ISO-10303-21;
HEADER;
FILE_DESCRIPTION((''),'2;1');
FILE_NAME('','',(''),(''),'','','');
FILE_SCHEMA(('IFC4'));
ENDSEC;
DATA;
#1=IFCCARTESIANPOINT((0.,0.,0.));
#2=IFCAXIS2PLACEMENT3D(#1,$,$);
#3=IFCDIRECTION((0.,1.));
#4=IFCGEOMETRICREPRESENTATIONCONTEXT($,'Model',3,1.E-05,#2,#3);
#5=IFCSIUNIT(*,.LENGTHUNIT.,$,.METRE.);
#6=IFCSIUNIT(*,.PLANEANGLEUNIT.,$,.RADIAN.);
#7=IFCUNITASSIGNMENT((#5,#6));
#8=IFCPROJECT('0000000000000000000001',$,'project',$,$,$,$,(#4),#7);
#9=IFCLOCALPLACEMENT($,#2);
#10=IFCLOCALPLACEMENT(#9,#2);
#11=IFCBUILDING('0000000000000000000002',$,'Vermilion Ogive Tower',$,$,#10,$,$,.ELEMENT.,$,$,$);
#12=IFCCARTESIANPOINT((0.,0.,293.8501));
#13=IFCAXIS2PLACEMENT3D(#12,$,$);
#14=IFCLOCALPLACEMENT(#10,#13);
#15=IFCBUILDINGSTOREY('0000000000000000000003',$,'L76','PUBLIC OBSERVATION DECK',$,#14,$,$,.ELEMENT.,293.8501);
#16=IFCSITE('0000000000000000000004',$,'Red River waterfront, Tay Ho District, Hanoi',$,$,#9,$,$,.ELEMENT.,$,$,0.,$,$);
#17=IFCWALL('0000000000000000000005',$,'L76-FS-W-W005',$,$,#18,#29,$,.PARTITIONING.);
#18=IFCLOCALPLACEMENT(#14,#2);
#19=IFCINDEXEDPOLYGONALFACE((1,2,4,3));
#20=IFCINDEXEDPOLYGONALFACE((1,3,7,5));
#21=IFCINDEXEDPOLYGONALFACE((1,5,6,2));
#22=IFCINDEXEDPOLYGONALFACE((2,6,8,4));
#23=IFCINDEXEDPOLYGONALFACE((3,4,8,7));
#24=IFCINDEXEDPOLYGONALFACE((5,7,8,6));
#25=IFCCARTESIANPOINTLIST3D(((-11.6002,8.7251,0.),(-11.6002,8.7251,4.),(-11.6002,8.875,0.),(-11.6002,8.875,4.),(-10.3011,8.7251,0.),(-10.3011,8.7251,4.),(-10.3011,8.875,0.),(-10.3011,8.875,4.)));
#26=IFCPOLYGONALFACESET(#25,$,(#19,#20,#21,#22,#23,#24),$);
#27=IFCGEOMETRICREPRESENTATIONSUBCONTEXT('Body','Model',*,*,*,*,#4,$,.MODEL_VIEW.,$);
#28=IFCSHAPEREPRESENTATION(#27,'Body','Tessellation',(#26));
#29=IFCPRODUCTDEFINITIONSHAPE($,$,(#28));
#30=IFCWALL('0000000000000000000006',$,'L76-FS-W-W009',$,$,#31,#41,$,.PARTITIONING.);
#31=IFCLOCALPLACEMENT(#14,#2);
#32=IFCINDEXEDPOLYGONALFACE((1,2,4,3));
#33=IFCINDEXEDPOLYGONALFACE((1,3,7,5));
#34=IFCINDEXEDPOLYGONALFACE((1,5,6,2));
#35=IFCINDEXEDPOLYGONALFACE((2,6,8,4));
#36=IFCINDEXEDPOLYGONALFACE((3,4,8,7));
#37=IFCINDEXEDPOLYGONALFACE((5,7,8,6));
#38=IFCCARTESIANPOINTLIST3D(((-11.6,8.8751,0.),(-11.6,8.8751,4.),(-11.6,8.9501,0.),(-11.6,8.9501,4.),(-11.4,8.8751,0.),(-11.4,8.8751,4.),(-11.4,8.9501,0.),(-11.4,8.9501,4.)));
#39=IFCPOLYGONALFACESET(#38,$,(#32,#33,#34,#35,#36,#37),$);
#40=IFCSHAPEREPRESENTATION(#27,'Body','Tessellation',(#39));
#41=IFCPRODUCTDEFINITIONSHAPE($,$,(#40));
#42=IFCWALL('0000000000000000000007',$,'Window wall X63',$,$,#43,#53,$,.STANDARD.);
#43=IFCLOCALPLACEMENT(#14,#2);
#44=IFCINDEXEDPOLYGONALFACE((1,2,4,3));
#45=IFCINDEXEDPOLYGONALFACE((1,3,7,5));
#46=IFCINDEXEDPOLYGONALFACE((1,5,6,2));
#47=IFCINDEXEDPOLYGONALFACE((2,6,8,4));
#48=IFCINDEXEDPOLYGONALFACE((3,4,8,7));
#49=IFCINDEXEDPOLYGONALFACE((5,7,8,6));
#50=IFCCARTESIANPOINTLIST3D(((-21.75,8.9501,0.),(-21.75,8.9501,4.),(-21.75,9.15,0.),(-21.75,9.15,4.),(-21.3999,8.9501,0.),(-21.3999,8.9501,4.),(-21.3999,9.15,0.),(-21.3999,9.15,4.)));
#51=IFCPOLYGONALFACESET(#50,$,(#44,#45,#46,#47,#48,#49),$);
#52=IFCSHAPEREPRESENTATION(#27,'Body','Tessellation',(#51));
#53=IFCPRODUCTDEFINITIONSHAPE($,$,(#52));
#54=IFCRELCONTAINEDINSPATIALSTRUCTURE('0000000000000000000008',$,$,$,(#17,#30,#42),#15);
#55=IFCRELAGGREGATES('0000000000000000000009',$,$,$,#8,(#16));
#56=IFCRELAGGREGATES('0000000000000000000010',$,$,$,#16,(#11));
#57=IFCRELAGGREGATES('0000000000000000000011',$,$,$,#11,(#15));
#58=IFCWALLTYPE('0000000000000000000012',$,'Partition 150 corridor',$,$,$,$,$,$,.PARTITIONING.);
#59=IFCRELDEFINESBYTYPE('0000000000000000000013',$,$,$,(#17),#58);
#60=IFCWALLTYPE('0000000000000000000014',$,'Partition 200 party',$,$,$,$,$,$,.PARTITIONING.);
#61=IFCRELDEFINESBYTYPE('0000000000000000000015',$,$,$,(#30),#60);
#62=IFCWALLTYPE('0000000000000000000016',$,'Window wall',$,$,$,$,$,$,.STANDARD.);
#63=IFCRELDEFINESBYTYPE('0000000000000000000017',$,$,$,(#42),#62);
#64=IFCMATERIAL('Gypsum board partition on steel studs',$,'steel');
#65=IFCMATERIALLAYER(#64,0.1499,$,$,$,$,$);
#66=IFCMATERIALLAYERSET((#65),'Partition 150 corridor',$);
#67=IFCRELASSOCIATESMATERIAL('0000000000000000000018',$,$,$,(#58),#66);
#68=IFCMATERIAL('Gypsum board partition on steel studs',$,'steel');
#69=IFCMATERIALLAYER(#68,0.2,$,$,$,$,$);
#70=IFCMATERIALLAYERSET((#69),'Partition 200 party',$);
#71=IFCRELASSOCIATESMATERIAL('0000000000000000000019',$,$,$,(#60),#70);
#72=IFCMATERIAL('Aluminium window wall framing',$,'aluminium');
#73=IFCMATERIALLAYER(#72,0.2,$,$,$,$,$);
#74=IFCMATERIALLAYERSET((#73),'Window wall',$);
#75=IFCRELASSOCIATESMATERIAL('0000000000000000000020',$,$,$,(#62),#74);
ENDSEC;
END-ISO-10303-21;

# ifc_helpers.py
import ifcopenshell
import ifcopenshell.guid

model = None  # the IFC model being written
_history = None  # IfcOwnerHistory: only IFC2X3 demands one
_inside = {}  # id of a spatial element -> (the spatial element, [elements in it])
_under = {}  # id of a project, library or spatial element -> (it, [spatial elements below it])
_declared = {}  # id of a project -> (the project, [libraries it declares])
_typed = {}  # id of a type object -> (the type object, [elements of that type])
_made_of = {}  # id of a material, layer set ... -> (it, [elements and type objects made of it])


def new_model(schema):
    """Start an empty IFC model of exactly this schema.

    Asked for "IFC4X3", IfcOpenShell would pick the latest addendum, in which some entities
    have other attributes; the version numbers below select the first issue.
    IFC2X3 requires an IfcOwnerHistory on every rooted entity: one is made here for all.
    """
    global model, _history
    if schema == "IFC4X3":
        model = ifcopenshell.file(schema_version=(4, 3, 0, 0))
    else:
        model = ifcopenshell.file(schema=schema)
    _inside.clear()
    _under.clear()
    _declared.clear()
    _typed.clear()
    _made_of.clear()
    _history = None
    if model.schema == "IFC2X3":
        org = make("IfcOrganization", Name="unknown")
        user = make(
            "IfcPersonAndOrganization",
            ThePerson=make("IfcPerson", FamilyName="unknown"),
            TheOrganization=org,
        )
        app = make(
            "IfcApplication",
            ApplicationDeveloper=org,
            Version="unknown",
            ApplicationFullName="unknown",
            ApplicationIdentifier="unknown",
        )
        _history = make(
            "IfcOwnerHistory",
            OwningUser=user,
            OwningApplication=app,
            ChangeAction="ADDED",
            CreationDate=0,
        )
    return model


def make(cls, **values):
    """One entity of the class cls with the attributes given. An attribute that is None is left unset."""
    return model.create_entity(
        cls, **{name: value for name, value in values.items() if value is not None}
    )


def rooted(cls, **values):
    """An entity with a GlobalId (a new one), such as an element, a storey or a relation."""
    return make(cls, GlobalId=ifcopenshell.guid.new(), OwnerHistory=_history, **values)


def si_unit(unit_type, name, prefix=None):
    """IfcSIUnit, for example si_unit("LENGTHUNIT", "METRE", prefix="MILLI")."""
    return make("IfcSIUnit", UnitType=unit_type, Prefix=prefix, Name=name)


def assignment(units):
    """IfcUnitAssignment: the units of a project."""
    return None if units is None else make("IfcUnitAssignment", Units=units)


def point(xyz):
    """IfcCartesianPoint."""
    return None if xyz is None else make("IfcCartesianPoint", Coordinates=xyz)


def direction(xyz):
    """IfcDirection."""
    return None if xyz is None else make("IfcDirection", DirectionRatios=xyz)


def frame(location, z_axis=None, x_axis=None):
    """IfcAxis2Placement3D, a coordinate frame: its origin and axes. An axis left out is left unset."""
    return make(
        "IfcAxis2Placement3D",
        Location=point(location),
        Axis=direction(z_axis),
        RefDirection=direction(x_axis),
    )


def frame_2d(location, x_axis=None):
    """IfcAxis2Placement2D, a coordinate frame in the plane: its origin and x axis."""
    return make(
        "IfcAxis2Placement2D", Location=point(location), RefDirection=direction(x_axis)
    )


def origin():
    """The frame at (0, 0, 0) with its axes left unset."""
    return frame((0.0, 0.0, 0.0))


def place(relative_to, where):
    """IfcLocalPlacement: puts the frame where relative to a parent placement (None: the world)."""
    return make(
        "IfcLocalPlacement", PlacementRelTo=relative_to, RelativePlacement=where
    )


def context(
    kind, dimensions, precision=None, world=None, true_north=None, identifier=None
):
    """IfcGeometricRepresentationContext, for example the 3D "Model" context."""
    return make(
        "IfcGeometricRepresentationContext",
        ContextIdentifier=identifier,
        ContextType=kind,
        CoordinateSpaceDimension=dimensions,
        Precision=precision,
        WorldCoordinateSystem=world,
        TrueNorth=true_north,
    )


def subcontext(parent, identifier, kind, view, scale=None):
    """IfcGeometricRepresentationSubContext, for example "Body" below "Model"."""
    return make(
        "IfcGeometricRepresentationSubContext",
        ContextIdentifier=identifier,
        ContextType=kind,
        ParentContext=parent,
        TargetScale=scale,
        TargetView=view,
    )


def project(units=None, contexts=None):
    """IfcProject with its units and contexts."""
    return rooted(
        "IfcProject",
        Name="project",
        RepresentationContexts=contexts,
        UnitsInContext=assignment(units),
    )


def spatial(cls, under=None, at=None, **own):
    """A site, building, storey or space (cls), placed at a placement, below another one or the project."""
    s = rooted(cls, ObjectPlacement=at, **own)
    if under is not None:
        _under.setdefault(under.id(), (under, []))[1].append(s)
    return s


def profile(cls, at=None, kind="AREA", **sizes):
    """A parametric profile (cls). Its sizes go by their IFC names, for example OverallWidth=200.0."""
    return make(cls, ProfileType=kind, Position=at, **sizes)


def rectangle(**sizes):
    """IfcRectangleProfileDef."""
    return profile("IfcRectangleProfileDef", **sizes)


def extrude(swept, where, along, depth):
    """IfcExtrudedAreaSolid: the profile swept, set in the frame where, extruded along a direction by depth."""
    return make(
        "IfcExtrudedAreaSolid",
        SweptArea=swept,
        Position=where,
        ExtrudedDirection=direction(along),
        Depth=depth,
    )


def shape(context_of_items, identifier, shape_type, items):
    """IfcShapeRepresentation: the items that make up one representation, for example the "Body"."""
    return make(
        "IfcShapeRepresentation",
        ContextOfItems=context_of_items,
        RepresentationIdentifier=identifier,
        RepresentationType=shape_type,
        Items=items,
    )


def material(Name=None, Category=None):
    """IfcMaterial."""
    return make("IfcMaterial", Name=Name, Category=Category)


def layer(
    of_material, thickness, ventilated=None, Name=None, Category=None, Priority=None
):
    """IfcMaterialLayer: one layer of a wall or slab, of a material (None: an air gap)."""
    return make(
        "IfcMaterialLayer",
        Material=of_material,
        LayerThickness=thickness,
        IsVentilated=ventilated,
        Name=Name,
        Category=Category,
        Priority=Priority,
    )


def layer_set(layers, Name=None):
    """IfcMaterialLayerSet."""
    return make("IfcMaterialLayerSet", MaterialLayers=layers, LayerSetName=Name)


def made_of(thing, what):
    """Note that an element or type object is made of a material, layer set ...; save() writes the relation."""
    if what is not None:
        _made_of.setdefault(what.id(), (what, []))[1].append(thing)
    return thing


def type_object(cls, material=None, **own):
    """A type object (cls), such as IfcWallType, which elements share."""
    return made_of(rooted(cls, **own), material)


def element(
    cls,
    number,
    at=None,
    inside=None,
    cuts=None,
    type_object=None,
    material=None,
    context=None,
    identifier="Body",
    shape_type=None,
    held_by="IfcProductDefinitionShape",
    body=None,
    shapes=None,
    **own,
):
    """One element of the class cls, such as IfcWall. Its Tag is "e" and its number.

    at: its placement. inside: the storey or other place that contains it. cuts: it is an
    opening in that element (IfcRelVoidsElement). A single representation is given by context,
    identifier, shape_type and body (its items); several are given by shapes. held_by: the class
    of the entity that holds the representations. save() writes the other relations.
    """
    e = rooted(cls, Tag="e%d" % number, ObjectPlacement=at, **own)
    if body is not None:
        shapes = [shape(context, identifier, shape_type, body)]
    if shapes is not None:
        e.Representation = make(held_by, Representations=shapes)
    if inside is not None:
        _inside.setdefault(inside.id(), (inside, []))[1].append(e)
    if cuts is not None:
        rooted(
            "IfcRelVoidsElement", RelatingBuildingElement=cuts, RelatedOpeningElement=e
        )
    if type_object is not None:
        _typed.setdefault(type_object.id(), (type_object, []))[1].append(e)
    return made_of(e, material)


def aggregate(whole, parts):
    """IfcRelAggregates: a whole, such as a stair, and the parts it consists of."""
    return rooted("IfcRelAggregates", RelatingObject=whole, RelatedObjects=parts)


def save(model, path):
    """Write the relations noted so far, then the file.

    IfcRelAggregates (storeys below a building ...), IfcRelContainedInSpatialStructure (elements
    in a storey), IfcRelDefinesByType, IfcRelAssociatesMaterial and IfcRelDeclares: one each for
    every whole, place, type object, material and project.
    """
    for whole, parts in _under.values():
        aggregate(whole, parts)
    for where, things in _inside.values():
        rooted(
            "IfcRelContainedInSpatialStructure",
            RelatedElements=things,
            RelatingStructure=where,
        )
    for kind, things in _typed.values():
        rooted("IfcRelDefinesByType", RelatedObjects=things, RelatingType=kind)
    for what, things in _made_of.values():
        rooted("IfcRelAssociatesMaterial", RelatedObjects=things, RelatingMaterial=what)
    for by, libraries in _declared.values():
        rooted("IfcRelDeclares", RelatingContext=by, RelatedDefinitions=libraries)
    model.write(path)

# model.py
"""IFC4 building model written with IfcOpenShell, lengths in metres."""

from ifc_helpers import new_model, si_unit, direction, frame, frame_2d, origin, place, context, subcontext, project, spatial, rectangle, extrude, material, layer, layer_set, type_object, element, save


model = new_model("IFC4")

# Units and contexts
model_context = context("Model", 3, precision=1e-05, world=origin(), true_north=direction((0.0, 1.0)))
body_context = subcontext(model_context, "Body", "Model", "MODEL_VIEW")
ifc_project = project(units=[si_unit("LENGTHUNIT", "METRE"), si_unit("PLANEANGLEUNIT", "RADIAN")], contexts=[model_context])

# Site, building, storey
site_placement = place(None, origin())
site = spatial("IfcSite", under=ifc_project, at=site_placement, Name="Red River waterfront, Tay Ho District, Hanoi", CompositionType="ELEMENT", RefElevation=0.0)
building_placement = place(site_placement, origin())
building = spatial("IfcBuilding", under=site, at=building_placement, Name="Vermilion Ogive Tower", CompositionType="ELEMENT")
storey_placement = place(building_placement, frame((0.0, 0.0, 293.8501)))
storey = spatial("IfcBuildingStorey", under=building, at=storey_placement, Name="L76", Description="PUBLIC OBSERVATION DECK", CompositionType="ELEMENT", Elevation=293.8501)

# Walls
ifc_material_1 = material(Name="Gypsum board partition on steel studs", Category="steel")
ifc_layer_1 = layer(ifc_material_1, 0.1499)
ifc_layer_set_1 = layer_set([ifc_layer_1], Name="Partition 150 corridor")
wall_type_1 = type_object("IfcWallType", Name="Partition 150 corridor", PredefinedType="PARTITIONING", material=ifc_layer_set_1)
wall_1_placement = place(storey_placement, frame((-11.6001, 8.8, 0.0), z_axis=(0.0, 0.0, 1.0), x_axis=(1.0, 0.0, 0.0)))
element("IfcWall", 1, at=wall_1_placement, inside=storey, type_object=wall_type_1, Name="L76-FS-W-W005", PredefinedType="PARTITIONING", context=body_context, shape_type="SweptSolid", body=[
    extrude(rectangle(XDim=1.2991, YDim=0.1499, at=frame_2d((0.6494, 0.0))), origin(), (0.0, 0.0, 1.0), 4.0),
])
ifc_material_2 = material(Name="Gypsum board partition on steel studs", Category="steel")
ifc_layer_2 = layer(ifc_material_2, 0.2)
ifc_layer_set_2 = layer_set([ifc_layer_2], Name="Partition 200 party")
wall_type_2 = type_object("IfcWallType", Name="Partition 200 party", PredefinedType="PARTITIONING", material=ifc_layer_set_2)
wall_2_placement = place(storey_placement, frame((-11.5, 8.875, 0.0), z_axis=(0.0, 0.0, 1.0), x_axis=(0.0, 1.0, 0.0)))
element("IfcWall", 2, at=wall_2_placement, inside=storey, type_object=wall_type_2, Name="L76-FS-W-W009", PredefinedType="PARTITIONING", context=body_context, shape_type="SweptSolid", body=[
    extrude(rectangle(XDim=0.075, YDim=0.2, at=frame_2d((0.0376, 0.0))), origin(), (0.0, 0.0, 1.0), 4.0),
])
ifc_material_3 = material(Name="Aluminium window wall framing", Category="aluminium")
ifc_layer_3 = layer(ifc_material_3, 0.2)
ifc_layer_set_3 = layer_set([ifc_layer_3], Name="Window wall")
wall_type_3 = type_object("IfcWallType", Name="Window wall", PredefinedType="STANDARD", material=ifc_layer_set_3)
wall_3_placement = place(storey_placement, frame((-21.3999, 9.05, 0.0), z_axis=(0.0, 0.0, 1.0), x_axis=(-1.0, 0.0, 0.0)))
element("IfcWall", 3, at=wall_3_placement, inside=storey, type_object=wall_type_3, Name="Window wall X63", PredefinedType="STANDARD", context=body_context, shape_type="SweptSolid", body=[
    extrude(rectangle(XDim=0.3501, YDim=0.2, at=frame_2d((0.175, 0.0))), origin(), (0.0, 0.0, 1.0), 4.0),
])

save(model, "model.ifc")
